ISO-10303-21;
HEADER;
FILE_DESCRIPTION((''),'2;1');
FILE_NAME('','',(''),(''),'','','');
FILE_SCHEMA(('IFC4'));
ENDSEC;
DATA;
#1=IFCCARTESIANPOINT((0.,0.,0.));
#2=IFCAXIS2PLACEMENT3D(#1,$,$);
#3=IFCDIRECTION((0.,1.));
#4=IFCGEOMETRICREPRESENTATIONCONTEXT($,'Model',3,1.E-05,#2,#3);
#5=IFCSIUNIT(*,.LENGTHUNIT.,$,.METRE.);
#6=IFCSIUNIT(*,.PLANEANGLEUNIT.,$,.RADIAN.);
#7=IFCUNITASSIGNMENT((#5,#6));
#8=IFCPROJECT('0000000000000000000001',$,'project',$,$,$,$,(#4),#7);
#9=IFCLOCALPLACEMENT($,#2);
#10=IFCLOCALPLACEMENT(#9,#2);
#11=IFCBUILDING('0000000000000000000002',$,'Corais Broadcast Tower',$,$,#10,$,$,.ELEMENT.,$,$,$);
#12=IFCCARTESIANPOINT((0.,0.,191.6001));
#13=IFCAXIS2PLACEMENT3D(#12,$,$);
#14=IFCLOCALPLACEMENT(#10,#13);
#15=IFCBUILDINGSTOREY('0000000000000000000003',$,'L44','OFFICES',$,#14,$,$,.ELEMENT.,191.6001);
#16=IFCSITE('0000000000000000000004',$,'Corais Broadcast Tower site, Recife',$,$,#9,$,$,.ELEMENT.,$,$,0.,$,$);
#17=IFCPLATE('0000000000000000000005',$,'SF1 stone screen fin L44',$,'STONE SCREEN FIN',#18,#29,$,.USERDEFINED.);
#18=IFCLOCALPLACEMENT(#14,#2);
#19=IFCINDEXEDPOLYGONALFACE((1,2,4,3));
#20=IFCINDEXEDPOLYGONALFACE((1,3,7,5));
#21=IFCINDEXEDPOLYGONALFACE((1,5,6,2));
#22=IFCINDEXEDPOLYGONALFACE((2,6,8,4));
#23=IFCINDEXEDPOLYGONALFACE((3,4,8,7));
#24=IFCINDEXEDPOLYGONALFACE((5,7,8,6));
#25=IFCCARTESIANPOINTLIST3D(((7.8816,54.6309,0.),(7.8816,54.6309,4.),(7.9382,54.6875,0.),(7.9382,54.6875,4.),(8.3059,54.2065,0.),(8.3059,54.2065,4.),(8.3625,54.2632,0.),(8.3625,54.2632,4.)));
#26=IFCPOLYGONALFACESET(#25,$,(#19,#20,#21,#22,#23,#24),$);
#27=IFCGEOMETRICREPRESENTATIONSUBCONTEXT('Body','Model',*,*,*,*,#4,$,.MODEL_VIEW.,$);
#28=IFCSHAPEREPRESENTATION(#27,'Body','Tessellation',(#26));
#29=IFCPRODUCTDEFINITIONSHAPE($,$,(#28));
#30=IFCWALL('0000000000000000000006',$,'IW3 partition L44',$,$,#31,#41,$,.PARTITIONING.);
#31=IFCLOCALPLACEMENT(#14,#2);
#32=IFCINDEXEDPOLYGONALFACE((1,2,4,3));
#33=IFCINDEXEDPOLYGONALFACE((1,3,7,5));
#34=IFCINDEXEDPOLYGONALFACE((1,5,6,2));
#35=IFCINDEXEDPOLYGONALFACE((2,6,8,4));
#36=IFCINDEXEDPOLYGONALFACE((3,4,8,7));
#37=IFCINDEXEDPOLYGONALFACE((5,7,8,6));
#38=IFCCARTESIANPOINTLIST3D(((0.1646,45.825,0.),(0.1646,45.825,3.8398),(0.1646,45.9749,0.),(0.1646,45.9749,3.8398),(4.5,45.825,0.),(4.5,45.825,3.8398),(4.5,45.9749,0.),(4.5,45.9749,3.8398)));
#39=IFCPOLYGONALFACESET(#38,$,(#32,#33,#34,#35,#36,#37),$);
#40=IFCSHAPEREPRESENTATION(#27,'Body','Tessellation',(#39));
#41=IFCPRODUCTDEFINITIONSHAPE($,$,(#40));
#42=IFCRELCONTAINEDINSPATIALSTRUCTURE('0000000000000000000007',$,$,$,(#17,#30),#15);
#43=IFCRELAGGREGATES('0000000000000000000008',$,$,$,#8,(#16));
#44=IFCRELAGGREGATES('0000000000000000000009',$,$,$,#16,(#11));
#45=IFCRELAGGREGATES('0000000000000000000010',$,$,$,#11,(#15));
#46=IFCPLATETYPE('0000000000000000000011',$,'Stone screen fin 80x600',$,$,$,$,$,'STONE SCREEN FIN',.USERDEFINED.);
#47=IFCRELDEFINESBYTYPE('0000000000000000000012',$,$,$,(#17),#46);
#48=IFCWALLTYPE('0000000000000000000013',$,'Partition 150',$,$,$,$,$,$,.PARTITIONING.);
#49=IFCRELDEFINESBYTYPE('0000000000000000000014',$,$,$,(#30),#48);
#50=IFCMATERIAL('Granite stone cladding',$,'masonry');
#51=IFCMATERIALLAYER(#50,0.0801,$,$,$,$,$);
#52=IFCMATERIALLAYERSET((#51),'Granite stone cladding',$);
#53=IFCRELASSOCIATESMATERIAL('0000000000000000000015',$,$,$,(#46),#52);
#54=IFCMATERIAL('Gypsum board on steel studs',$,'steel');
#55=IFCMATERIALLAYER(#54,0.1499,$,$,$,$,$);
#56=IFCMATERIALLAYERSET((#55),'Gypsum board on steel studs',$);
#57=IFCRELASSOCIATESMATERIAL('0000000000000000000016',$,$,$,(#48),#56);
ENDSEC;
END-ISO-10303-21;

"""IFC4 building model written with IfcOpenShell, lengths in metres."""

from ifc_helpers import new_model, si_unit, direction, frame, frame_2d, origin, origin_2d, place, context, subcontext, project, spatial, rectangle, extrude, material, layer, layer_set, type_object, element, save


model = new_model("IFC4")

# Units and contexts
model_context = context("Model", 3, precision=1e-05, world=origin(), true_north=direction((0.0, 1.0)))
body_context = subcontext(model_context, "Body", "Model", "MODEL_VIEW")
ifc_project = project(units=[si_unit("LENGTHUNIT", "METRE"), si_unit("PLANEANGLEUNIT", "RADIAN")], contexts=[model_context])

# Site, building, storey
site_placement = place(None, origin())
site = spatial("IfcSite", under=ifc_project, at=site_placement, Name="Corais Broadcast Tower site, Recife", CompositionType="ELEMENT", RefElevation=0.0)
building_placement = place(site_placement, origin())
building = spatial("IfcBuilding", under=site, at=building_placement, Name="Corais Broadcast Tower", CompositionType="ELEMENT")
storey_placement = place(building_placement, frame((0.0, 0.0, 191.6001)))
storey = spatial("IfcBuildingStorey", under=building, at=storey_placement, Name="L44", Description="OFFICES", CompositionType="ELEMENT", Elevation=191.6001)

# Plate
ifc_material_1 = material(Name="Granite stone cladding", Category="masonry")
ifc_layer_1 = layer(ifc_material_1, 0.0801)
ifc_layer_set_1 = layer_set([ifc_layer_1], Name="Granite stone cladding")
plate_type_1 = type_object("IfcPlateType", Name="Stone screen fin 80x600", ElementType="STONE SCREEN FIN", PredefinedType="USERDEFINED", material=ifc_layer_set_1)
for number, where, z_axis, x_axis, name in (
    (1, (8.1221, 54.447, 0.0), (0.0, 0.0, 1.0), (0.707107, 0.707107, 0.0), "SF1 stone screen fin L44"),
):
    element("IfcPlate", number, at=place(storey_placement, frame(where, z_axis=z_axis, x_axis=x_axis)), inside=storey, type_object=plate_type_1, Name=name, ObjectType="STONE SCREEN FIN", PredefinedType="USERDEFINED", context=body_context, shape_type="SweptSolid", body=[
        extrude(rectangle(XDim=0.0801, YDim=0.6001, at=origin_2d()), origin(), (0.0, 0.0, 1.0), 4.0),
    ])

# Wall
ifc_material_2 = material(Name="Gypsum board on steel studs", Category="steel")
ifc_layer_2 = layer(ifc_material_2, 0.1499)
ifc_layer_set_2 = layer_set([ifc_layer_2], Name="Gypsum board on steel studs")
wall_type = type_object("IfcWallType", Name="Partition 150", PredefinedType="PARTITIONING", material=ifc_layer_set_2)
wall_placement = place(storey_placement, frame((4.5, 45.8999, 0.0), z_axis=(0.0, 0.0, 1.0), x_axis=(-1.0, 0.0, 0.0)))
element("IfcWall", 2, at=wall_placement, inside=storey, type_object=wall_type, Name="IW3 partition L44", PredefinedType="PARTITIONING", context=body_context, shape_type="SweptSolid", body=[
    extrude(rectangle(XDim=4.3354, YDim=0.1499, at=frame_2d((2.1677, 0.0))), origin(), (0.0, 0.0, 1.0), 3.8398),
])

save(model, "model.ifc")
